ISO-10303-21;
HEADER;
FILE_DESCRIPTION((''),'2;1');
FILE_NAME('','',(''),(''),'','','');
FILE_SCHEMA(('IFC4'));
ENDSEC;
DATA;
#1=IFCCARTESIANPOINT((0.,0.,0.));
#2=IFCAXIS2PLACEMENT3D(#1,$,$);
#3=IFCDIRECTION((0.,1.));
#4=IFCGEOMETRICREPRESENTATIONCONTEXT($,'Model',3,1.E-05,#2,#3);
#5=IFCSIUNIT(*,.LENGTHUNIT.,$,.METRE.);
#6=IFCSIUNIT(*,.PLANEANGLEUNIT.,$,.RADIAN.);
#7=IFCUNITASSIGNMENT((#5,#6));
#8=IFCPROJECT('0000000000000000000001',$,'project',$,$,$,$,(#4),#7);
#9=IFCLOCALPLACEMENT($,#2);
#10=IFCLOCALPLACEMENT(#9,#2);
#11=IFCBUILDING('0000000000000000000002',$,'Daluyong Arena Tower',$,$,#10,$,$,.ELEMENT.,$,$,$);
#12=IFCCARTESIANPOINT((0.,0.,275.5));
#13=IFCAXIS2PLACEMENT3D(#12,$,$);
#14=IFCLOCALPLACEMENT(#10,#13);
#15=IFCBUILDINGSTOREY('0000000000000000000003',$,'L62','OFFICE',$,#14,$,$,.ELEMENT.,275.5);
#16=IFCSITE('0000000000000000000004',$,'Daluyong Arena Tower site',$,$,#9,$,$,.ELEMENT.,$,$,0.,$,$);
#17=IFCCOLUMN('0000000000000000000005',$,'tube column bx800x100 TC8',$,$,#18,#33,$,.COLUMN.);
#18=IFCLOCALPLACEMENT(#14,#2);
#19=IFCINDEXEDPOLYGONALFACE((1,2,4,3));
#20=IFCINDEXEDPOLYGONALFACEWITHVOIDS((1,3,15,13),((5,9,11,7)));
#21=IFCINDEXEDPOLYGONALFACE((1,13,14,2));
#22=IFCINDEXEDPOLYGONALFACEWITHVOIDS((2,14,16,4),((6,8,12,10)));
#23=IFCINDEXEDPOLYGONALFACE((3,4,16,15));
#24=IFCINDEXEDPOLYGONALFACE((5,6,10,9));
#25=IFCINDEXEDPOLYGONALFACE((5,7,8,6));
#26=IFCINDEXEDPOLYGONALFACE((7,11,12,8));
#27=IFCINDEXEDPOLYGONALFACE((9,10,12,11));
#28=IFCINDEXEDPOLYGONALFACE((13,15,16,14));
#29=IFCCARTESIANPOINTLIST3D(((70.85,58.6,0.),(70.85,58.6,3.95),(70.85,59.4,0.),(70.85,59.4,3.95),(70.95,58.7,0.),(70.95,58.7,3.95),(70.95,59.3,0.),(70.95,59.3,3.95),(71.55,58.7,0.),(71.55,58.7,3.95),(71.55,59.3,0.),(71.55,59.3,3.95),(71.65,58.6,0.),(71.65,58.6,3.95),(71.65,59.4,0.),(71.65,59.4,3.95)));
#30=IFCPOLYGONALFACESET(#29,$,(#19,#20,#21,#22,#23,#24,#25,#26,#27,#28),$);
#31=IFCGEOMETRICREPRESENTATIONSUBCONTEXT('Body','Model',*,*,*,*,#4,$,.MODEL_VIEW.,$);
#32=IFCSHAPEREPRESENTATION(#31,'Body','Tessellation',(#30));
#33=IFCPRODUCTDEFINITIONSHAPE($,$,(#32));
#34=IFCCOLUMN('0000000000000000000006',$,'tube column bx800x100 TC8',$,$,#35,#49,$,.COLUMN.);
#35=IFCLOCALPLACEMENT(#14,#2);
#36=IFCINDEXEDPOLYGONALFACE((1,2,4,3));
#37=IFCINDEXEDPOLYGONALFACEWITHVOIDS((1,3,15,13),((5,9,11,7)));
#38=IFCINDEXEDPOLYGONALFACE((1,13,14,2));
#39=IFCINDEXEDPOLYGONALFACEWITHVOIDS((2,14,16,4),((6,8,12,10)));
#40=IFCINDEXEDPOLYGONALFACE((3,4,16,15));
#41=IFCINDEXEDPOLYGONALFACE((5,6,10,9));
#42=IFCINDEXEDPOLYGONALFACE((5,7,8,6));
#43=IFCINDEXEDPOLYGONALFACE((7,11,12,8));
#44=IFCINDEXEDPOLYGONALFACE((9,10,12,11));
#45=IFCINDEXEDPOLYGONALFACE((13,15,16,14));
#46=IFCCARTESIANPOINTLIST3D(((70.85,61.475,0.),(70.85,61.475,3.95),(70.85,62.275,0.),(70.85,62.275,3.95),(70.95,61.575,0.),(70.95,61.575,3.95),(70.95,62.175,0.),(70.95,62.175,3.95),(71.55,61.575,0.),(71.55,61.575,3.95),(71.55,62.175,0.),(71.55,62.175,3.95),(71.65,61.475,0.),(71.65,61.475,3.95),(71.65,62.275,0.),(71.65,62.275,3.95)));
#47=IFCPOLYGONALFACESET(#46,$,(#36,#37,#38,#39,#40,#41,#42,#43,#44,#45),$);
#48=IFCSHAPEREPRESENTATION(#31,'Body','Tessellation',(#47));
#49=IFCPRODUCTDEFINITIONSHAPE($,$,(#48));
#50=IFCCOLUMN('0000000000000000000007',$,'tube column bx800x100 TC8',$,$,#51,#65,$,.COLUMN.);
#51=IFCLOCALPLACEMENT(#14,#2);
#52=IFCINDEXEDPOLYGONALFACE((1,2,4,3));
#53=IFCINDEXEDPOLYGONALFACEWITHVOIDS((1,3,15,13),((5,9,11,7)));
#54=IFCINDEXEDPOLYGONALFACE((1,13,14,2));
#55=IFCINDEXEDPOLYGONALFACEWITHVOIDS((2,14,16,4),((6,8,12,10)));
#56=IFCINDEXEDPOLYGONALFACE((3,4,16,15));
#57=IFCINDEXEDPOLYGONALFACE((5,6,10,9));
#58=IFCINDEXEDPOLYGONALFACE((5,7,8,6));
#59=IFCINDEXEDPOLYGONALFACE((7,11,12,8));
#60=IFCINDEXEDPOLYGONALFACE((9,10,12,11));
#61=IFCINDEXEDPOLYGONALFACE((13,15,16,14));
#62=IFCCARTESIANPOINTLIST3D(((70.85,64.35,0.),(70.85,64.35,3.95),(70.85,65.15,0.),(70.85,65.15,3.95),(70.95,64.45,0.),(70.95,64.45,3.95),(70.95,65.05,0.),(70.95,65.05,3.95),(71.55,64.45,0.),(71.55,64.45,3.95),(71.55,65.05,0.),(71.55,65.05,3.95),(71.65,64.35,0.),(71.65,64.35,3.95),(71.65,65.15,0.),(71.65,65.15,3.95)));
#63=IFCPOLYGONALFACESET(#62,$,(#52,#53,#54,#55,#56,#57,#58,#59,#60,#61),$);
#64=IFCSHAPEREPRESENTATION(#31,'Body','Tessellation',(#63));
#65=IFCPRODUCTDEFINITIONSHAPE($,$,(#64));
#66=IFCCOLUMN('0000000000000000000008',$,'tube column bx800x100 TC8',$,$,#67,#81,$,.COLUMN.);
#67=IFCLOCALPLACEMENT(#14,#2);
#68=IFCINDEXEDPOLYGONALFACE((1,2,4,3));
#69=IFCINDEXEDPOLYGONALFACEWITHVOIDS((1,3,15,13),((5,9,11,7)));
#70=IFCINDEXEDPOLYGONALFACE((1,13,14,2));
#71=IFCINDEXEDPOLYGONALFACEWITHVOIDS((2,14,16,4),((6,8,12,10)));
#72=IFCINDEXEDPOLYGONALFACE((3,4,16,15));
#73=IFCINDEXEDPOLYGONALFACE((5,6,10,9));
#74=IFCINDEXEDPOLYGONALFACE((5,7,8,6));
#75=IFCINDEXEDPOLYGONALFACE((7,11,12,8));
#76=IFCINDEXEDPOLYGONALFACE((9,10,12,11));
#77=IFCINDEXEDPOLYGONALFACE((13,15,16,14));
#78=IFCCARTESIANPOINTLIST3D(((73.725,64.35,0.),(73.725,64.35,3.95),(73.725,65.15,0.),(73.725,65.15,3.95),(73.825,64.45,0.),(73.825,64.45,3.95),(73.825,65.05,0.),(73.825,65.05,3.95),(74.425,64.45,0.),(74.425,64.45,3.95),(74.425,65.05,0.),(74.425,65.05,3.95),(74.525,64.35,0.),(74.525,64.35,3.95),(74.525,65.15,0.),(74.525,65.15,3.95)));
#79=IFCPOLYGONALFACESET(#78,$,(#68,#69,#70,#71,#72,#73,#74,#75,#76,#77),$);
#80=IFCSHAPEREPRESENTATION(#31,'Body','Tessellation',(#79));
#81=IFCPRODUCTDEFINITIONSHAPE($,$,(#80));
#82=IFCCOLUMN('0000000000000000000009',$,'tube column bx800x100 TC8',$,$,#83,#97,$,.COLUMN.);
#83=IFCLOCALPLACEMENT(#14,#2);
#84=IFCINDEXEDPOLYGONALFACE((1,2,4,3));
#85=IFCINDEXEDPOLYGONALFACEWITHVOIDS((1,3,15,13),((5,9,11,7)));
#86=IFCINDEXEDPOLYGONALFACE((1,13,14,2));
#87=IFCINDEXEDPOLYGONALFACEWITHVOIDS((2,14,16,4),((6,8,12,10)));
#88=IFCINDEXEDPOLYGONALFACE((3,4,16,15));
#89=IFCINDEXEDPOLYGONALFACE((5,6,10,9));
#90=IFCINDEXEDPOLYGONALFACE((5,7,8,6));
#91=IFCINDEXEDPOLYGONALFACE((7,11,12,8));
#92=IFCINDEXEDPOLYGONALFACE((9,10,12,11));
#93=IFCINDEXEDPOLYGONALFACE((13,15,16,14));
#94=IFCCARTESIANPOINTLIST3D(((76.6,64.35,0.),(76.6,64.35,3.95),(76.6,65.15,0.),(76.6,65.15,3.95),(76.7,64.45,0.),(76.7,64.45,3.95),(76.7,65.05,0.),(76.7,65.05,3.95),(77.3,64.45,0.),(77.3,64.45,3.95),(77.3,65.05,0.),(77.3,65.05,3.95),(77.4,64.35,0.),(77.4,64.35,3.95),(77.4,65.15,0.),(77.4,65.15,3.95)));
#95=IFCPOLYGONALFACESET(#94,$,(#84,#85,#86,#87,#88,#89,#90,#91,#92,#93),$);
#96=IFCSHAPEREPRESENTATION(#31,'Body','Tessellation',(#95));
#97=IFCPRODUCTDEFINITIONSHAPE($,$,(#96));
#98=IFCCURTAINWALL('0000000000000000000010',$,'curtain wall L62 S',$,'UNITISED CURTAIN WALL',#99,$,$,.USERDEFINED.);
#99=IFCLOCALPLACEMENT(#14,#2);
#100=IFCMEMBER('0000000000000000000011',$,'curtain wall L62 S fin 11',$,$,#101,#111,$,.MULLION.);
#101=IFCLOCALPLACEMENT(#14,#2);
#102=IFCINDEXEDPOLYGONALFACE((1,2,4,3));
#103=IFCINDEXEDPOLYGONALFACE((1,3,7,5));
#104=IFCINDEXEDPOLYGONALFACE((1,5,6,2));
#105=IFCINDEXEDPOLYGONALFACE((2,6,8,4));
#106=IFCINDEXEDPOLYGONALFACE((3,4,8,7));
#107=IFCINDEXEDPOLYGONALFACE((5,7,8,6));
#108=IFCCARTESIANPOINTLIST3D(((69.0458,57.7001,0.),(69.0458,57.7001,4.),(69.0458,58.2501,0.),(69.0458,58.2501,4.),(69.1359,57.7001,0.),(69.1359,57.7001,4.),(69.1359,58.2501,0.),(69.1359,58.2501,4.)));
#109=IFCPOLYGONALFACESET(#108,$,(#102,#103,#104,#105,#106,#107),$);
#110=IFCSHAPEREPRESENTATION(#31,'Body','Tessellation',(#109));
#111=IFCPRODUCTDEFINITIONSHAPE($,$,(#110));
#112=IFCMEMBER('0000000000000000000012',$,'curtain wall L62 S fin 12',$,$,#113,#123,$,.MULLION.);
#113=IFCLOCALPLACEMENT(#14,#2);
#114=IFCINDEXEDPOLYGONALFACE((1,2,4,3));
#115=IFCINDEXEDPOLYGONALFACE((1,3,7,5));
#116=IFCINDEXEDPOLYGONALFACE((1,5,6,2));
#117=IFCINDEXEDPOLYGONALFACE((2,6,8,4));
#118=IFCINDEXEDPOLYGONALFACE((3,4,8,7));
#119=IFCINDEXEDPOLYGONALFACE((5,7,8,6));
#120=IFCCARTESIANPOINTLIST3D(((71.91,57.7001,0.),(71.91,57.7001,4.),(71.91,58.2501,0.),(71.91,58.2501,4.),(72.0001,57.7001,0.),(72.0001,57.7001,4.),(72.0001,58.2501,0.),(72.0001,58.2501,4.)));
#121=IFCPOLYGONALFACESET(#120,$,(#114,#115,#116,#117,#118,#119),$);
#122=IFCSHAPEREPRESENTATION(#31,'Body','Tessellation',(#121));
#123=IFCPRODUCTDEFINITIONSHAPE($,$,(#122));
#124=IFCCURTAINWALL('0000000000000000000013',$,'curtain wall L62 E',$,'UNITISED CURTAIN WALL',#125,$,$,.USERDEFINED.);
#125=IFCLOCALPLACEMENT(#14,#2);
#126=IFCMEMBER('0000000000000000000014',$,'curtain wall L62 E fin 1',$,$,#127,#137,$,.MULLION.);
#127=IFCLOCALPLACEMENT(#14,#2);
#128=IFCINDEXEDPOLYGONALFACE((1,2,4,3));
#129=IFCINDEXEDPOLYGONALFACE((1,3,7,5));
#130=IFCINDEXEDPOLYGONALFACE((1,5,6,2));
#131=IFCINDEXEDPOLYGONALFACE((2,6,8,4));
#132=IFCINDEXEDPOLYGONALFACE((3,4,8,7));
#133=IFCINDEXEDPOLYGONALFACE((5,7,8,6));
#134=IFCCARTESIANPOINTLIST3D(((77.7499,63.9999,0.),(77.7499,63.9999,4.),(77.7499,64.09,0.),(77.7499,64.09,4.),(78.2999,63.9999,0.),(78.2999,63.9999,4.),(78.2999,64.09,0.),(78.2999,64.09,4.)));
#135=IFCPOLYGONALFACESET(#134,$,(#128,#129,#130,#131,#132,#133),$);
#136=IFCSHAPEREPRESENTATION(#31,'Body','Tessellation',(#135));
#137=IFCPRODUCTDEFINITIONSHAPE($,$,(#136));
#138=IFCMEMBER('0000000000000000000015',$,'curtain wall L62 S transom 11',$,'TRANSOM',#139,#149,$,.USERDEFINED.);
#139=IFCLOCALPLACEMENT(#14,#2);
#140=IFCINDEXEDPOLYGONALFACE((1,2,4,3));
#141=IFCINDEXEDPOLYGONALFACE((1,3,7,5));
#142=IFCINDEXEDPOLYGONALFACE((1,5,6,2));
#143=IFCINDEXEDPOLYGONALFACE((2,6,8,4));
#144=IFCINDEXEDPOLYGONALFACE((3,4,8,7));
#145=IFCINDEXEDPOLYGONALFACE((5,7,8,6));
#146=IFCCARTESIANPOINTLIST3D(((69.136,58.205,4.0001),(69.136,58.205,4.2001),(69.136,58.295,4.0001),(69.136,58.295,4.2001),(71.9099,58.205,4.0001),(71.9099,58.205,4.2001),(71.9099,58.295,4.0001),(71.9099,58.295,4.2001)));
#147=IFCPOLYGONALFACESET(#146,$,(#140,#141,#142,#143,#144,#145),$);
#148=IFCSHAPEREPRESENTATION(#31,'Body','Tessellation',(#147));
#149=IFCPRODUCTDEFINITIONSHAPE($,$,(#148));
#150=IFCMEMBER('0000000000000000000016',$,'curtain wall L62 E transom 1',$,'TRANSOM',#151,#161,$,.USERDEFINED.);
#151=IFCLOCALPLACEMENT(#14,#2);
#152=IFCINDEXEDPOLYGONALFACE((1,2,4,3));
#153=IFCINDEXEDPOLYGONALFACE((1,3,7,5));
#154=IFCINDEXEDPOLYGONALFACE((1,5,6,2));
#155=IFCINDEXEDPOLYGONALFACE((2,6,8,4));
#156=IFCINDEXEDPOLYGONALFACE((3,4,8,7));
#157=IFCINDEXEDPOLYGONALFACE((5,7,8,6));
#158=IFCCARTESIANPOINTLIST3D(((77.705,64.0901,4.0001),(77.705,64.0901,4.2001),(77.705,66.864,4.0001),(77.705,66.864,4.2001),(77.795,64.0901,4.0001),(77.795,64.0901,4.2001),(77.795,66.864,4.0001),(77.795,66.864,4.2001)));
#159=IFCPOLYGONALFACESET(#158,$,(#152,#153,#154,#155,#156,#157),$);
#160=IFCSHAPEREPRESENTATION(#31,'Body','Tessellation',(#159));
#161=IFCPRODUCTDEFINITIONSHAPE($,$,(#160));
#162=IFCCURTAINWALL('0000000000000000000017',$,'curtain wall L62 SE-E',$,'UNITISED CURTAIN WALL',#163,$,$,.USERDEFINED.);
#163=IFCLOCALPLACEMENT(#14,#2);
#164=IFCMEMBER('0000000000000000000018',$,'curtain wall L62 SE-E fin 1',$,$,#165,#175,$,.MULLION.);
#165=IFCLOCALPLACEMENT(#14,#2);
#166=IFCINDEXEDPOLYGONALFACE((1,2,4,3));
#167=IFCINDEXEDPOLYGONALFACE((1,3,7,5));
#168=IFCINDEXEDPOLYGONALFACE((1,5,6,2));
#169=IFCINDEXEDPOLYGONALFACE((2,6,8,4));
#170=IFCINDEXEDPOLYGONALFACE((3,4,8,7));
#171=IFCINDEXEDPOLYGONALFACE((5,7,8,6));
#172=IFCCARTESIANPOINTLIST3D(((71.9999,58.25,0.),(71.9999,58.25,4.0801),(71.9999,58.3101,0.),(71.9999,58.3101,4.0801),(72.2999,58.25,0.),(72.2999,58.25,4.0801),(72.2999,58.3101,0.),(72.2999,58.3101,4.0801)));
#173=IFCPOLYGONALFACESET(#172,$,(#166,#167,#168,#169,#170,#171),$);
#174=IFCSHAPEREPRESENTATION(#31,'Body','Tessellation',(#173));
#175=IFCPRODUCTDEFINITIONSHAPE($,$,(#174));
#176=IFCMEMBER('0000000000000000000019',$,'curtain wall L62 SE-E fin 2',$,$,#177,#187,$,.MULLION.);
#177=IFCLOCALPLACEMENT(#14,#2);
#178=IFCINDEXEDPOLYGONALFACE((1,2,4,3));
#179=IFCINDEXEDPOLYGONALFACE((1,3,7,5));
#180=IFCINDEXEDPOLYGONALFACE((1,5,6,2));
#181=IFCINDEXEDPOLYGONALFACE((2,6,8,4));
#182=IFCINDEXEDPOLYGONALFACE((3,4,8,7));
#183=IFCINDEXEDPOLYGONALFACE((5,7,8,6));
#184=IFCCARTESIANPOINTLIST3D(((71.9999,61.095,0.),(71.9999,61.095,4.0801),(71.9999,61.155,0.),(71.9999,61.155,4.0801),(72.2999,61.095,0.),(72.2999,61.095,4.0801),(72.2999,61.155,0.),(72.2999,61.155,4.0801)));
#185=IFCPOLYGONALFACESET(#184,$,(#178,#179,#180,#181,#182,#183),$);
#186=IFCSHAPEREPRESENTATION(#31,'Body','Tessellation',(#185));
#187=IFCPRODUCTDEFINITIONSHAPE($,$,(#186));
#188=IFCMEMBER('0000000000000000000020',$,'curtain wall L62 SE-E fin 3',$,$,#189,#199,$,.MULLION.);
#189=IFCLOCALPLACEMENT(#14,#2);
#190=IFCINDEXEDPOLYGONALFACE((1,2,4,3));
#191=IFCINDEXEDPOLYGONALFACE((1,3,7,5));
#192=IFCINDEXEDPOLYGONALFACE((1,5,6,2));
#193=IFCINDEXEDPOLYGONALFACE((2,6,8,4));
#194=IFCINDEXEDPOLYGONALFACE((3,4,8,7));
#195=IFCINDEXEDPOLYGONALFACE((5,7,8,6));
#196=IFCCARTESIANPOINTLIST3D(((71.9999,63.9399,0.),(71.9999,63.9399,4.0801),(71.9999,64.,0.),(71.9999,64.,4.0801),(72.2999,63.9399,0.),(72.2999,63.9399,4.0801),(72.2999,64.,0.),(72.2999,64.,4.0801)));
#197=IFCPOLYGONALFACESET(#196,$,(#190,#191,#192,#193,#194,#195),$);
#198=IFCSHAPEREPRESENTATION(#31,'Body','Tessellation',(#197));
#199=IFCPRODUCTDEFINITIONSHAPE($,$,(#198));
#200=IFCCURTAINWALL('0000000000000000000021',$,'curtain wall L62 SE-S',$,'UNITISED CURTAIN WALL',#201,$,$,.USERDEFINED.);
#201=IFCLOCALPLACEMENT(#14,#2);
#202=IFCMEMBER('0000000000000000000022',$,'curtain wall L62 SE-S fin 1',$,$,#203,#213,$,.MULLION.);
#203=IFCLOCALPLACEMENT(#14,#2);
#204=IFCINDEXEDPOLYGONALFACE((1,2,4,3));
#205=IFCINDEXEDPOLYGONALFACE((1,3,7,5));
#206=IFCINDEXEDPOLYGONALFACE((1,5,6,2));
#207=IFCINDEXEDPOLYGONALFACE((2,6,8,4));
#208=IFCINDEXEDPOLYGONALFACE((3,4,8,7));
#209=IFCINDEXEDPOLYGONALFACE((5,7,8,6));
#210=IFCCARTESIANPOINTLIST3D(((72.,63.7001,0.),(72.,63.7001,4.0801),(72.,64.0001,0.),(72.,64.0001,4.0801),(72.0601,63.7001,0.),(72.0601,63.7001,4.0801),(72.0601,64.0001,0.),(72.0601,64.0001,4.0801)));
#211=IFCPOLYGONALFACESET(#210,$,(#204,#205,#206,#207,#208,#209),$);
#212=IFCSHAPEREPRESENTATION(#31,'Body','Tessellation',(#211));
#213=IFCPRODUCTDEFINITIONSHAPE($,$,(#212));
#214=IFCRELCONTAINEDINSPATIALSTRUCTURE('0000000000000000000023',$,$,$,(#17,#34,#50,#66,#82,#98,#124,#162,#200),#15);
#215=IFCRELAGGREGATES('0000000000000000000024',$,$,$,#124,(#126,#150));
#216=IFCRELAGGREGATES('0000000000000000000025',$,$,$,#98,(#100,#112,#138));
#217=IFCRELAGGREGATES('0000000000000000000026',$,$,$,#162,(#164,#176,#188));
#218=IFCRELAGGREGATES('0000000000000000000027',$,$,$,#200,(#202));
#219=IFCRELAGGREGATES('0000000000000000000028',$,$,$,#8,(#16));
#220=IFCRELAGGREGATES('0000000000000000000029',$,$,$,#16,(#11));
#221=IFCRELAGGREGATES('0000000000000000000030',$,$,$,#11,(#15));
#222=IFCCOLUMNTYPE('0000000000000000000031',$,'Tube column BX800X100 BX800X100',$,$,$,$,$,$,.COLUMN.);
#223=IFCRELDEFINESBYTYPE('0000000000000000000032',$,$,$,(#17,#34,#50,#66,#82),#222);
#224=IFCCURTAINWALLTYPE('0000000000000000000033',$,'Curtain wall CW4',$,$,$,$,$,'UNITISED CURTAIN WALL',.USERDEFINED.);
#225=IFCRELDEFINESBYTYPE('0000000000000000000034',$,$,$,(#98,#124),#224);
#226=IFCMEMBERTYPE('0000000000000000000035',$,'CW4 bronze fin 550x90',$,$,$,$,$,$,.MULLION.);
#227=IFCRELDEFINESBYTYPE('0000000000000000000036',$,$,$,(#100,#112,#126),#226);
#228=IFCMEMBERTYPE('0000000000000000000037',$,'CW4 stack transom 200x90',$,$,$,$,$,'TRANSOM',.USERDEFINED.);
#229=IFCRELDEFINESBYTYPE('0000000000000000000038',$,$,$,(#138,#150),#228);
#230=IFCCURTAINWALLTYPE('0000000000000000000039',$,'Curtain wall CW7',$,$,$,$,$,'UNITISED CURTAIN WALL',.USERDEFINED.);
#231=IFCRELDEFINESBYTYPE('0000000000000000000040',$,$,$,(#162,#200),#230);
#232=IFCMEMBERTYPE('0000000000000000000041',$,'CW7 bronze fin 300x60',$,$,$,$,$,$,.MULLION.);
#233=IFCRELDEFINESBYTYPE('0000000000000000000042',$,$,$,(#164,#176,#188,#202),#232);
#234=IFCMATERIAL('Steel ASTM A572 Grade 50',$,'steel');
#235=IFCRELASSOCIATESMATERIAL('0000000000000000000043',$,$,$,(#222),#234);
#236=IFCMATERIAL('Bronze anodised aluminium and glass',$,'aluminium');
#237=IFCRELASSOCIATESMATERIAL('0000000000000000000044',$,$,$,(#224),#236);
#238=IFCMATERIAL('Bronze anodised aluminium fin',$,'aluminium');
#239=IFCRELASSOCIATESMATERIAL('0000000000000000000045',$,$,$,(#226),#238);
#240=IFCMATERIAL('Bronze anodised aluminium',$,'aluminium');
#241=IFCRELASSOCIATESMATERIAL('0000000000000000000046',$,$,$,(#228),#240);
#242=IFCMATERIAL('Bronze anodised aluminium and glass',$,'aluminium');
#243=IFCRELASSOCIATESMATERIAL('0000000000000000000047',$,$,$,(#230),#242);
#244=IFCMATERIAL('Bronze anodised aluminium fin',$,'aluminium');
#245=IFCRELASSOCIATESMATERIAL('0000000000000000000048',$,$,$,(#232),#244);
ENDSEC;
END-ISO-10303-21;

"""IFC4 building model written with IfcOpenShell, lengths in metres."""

from ifc_helpers import new_model, si_unit, direction, frame, origin, origin_2d, place, context, subcontext, project, spatial, rectangle, hollow_rectangle, extrude, material, material_profile, profile_set, type_object, element, aggregate, save


model = new_model("IFC4")

# Units and contexts
model_context = context("Model", 3, precision=1e-05, world=origin(), true_north=direction((0.0, 1.0)))
body_context = subcontext(model_context, "Body", "Model", "MODEL_VIEW")
ifc_project = project(units=[si_unit("LENGTHUNIT", "METRE"), si_unit("PLANEANGLEUNIT", "RADIAN")], contexts=[model_context])

# Site, building, storey
site_placement = place(None, origin())
site = spatial("IfcSite", under=ifc_project, at=site_placement, Name="Daluyong Arena Tower site", CompositionType="ELEMENT", RefElevation=0.0)
building_placement = place(site_placement, origin())
building = spatial("IfcBuilding", under=site, at=building_placement, Name="Daluyong Arena Tower", CompositionType="ELEMENT")
storey_placement = place(building_placement, frame((0.0, 0.0, 275.5)))
storey = spatial("IfcBuildingStorey", under=building, at=storey_placement, Name="L62", Description="OFFICE", CompositionType="ELEMENT", Elevation=275.5)

# Columns
ifc_material_1 = material(Name="Steel ASTM A572 Grade 50", Category="steel")
ifc_material_profile_1 = material_profile(ifc_material_1, hollow_rectangle(XDim=0.8, YDim=0.8, WallThickness=0.1, at=origin_2d()))
ifc_profile_set_1 = profile_set([ifc_material_profile_1], Name="Steel ASTM A572 Grade 50")
column_type = type_object("IfcColumnType", Name="Tube column BX800X100 BX800X100", PredefinedType="COLUMN", material=ifc_profile_set_1)
for number, where, z_axis, x_axis, name in (
    (1, (71.25, 59.0, 0.0), (0.0, 0.0, 1.0), (0.0, 1.0, 0.0), "tube column bx800x100 TC8"),
    (2, (71.25, 61.875, 0.0), (0.0, 0.0, 1.0), (0.0, 1.0, 0.0), "tube column bx800x100 TC8"),
    (3, (71.25, 64.75, 0.0), (0.0, 0.0, 1.0), (1.0, 0.0, 0.0), "tube column bx800x100 TC8"),
    (4, (74.125, 64.75, 0.0), (0.0, 0.0, 1.0), (1.0, 0.0, 0.0), "tube column bx800x100 TC8"),
    (5, (77.0, 64.75, 0.0), (0.0, 0.0, 1.0), (0.0, 1.0, 0.0), "tube column bx800x100 TC8"),
):
    element("IfcColumn", number, at=place(storey_placement, frame(where, z_axis=z_axis, x_axis=x_axis)), inside=storey, type_object=column_type, Name=name, PredefinedType="COLUMN", context=body_context, shape_type="SweptSolid", body=[
        extrude(hollow_rectangle(XDim=0.8, YDim=0.8, WallThickness=0.1, at=origin_2d()), origin(), (0.0, 0.0, 1.0), 3.95),
    ])

# Curtain wall, members
ifc_material_2 = material(Name="Bronze anodised aluminium and glass", Category="aluminium")
curtain_wall_type_1 = type_object("IfcCurtainWallType", Name="Curtain wall CW4", ElementType="UNITISED CURTAIN WALL", PredefinedType="USERDEFINED", material=ifc_material_2)
curtain_wall_1_placement = place(storey_placement, origin())
curtain_wall_1 = element("IfcCurtainWall", 6, at=curtain_wall_1_placement, inside=storey, type_object=curtain_wall_type_1, Name="curtain wall L62 S", ObjectType="UNITISED CURTAIN WALL", PredefinedType="USERDEFINED")
ifc_material_3 = material(Name="Bronze anodised aluminium fin", Category="aluminium")
ifc_material_profile_2 = material_profile(ifc_material_3, rectangle(XDim=0.55, YDim=0.0901, at=origin_2d()))
ifc_profile_set_2 = profile_set([ifc_material_profile_2], Name="Bronze anodised aluminium fin")
member_type_1 = type_object("IfcMemberType", Name="CW4 bronze fin 550x90", PredefinedType="MULLION", material=ifc_profile_set_2)
member_1_placement = place(storey_placement, frame((69.0908, 57.9751, 0.0), z_axis=(0.0, 0.0, 1.0), x_axis=(0.0, 1.0, 0.0)))
member_1 = element("IfcMember", 7, at=member_1_placement, type_object=member_type_1, Name="curtain wall L62 S fin 11", PredefinedType="MULLION", context=body_context, shape_type="SweptSolid", body=[
    extrude(rectangle(XDim=0.55, YDim=0.0901, at=origin_2d()), origin(), (0.0, 0.0, 1.0), 4.0),
])
member_2_placement = place(storey_placement, frame((71.9551, 57.9751, 0.0), z_axis=(0.0, 0.0, 1.0), x_axis=(0.0, 1.0, 0.0)))
member_2 = element("IfcMember", 8, at=member_2_placement, type_object=member_type_1, Name="curtain wall L62 S fin 12", PredefinedType="MULLION", context=body_context, shape_type="SweptSolid", body=[
    extrude(rectangle(XDim=0.55, YDim=0.0901, at=origin_2d()), origin(), (0.0, 0.0, 1.0), 4.0),
])

# Curtain wall, member
curtain_wall_2_placement = place(storey_placement, origin())
curtain_wall_2 = element("IfcCurtainWall", 9, at=curtain_wall_2_placement, inside=storey, type_object=curtain_wall_type_1, Name="curtain wall L62 E", ObjectType="UNITISED CURTAIN WALL", PredefinedType="USERDEFINED")
member_3_placement = place(storey_placement, frame((78.0249, 64.0449, 0.0), z_axis=(0.0, 0.0, 1.0), x_axis=(-1.0, 0.0, 0.0)))
member_3 = element("IfcMember", 10, at=member_3_placement, type_object=member_type_1, Name="curtain wall L62 E fin 1", PredefinedType="MULLION", context=body_context, shape_type="SweptSolid", body=[
    extrude(rectangle(XDim=0.55, YDim=0.0901, at=origin_2d()), origin(), (0.0, 0.0, 1.0), 4.0),
])

# Members
ifc_material_4 = material(Name="Bronze anodised aluminium", Category="aluminium")
ifc_material_profile_3 = material_profile(ifc_material_4, rectangle(XDim=0.0901, YDim=0.2, at=origin_2d()))
ifc_profile_set_3 = profile_set([ifc_material_profile_3], Name="Bronze anodised aluminium")
member_type_2 = type_object("IfcMemberType", Name="CW4 stack transom 200x90", ElementType="TRANSOM", PredefinedType="USERDEFINED", material=ifc_profile_set_3)
member_4_placement = place(storey_placement, frame((69.136, 58.25, 4.1001), z_axis=(1.0, 0.0, 0.0), x_axis=(0.0, 1.0, 0.0)))
member_4 = element("IfcMember", 11, at=member_4_placement, type_object=member_type_2, Name="curtain wall L62 S transom 11", ObjectType="TRANSOM", PredefinedType="USERDEFINED", context=body_context, shape_type="SweptSolid", body=[
    extrude(rectangle(XDim=0.0901, YDim=0.2, at=origin_2d()), origin(), (0.0, 0.0, 1.0), 2.7739),
])
member_5_placement = place(storey_placement, frame((77.75, 64.0901, 4.1001), z_axis=(0.0, 1.0, 0.0), x_axis=(-1.0, 0.0, 0.0)))
member_5 = element("IfcMember", 12, at=member_5_placement, type_object=member_type_2, Name="curtain wall L62 E transom 1", ObjectType="TRANSOM", PredefinedType="USERDEFINED", context=body_context, shape_type="SweptSolid", body=[
    extrude(rectangle(XDim=0.0901, YDim=0.2, at=origin_2d()), origin(), (0.0, 0.0, 1.0), 2.7739),
])
aggregate(curtain_wall_2, [member_3, member_5])

# Curtain walls, members
ifc_material_5 = material(Name="Bronze anodised aluminium and glass", Category="aluminium")
curtain_wall_type_2 = type_object("IfcCurtainWallType", Name="Curtain wall CW7", ElementType="UNITISED CURTAIN WALL", PredefinedType="USERDEFINED", material=ifc_material_5)
curtain_wall_3_placement = place(storey_placement, origin())
curtain_wall_3 = element("IfcCurtainWall", 13, at=curtain_wall_3_placement, inside=storey, type_object=curtain_wall_type_2, Name="curtain wall L62 SE-E", ObjectType="UNITISED CURTAIN WALL", PredefinedType="USERDEFINED")
ifc_material_6 = material(Name="Bronze anodised aluminium fin", Category="aluminium")
ifc_material_profile_4 = material_profile(ifc_material_6, rectangle(XDim=0.3, YDim=0.0601, at=origin_2d()))
ifc_profile_set_4 = profile_set([ifc_material_profile_4], Name="Bronze anodised aluminium fin")
member_type_3 = type_object("IfcMemberType", Name="CW7 bronze fin 300x60", PredefinedType="MULLION", material=ifc_profile_set_4)
member_6_placement = place(storey_placement, frame((72.1499, 58.28, 0.0), z_axis=(0.0, 0.0, 1.0), x_axis=(-1.0, 0.0, 0.0)))
member_6 = element("IfcMember", 14, at=member_6_placement, type_object=member_type_3, Name="curtain wall L62 SE-E fin 1", PredefinedType="MULLION", context=body_context, shape_type="SweptSolid", body=[
    extrude(rectangle(XDim=0.3, YDim=0.0601, at=origin_2d()), origin(), (0.0, 0.0, 1.0), 4.0801),
])
member_7_placement = place(storey_placement, frame((72.1499, 61.125, 0.0), z_axis=(0.0, 0.0, 1.0), x_axis=(-1.0, 0.0, 0.0)))
member_7 = element("IfcMember", 15, at=member_7_placement, type_object=member_type_3, Name="curtain wall L62 SE-E fin 2", PredefinedType="MULLION", context=body_context, shape_type="SweptSolid", body=[
    extrude(rectangle(XDim=0.3, YDim=0.0601, at=origin_2d()), origin(), (0.0, 0.0, 1.0), 4.0801),
])
member_8_placement = place(storey_placement, frame((72.1499, 63.97, 0.0), z_axis=(0.0, 0.0, 1.0), x_axis=(-1.0, 0.0, 0.0)))
member_8 = element("IfcMember", 16, at=member_8_placement, type_object=member_type_3, Name="curtain wall L62 SE-E fin 3", PredefinedType="MULLION", context=body_context, shape_type="SweptSolid", body=[
    extrude(rectangle(XDim=0.3, YDim=0.0601, at=origin_2d()), origin(), (0.0, 0.0, 1.0), 4.0801),
])
curtain_wall_4_placement = place(storey_placement, origin())
curtain_wall_4 = element("IfcCurtainWall", 17, at=curtain_wall_4_placement, inside=storey, type_object=curtain_wall_type_2, Name="curtain wall L62 SE-S", ObjectType="UNITISED CURTAIN WALL", PredefinedType="USERDEFINED")
member_9_placement = place(storey_placement, frame((72.03, 63.8501, 0.0), z_axis=(0.0, 0.0, 1.0), x_axis=(0.0, 1.0, 0.0)))
member_9 = element("IfcMember", 18, at=member_9_placement, type_object=member_type_3, Name="curtain wall L62 SE-S fin 1", PredefinedType="MULLION", context=body_context, shape_type="SweptSolid", body=[
    extrude(rectangle(XDim=0.3, YDim=0.0601, at=origin_2d()), origin(), (0.0, 0.0, 1.0), 4.0801),
])

aggregate(curtain_wall_1, [member_1, member_2, member_4])
aggregate(curtain_wall_3, [member_6, member_7, member_8])
aggregate(curtain_wall_4, [member_9])

save(model, "model.ifc")
